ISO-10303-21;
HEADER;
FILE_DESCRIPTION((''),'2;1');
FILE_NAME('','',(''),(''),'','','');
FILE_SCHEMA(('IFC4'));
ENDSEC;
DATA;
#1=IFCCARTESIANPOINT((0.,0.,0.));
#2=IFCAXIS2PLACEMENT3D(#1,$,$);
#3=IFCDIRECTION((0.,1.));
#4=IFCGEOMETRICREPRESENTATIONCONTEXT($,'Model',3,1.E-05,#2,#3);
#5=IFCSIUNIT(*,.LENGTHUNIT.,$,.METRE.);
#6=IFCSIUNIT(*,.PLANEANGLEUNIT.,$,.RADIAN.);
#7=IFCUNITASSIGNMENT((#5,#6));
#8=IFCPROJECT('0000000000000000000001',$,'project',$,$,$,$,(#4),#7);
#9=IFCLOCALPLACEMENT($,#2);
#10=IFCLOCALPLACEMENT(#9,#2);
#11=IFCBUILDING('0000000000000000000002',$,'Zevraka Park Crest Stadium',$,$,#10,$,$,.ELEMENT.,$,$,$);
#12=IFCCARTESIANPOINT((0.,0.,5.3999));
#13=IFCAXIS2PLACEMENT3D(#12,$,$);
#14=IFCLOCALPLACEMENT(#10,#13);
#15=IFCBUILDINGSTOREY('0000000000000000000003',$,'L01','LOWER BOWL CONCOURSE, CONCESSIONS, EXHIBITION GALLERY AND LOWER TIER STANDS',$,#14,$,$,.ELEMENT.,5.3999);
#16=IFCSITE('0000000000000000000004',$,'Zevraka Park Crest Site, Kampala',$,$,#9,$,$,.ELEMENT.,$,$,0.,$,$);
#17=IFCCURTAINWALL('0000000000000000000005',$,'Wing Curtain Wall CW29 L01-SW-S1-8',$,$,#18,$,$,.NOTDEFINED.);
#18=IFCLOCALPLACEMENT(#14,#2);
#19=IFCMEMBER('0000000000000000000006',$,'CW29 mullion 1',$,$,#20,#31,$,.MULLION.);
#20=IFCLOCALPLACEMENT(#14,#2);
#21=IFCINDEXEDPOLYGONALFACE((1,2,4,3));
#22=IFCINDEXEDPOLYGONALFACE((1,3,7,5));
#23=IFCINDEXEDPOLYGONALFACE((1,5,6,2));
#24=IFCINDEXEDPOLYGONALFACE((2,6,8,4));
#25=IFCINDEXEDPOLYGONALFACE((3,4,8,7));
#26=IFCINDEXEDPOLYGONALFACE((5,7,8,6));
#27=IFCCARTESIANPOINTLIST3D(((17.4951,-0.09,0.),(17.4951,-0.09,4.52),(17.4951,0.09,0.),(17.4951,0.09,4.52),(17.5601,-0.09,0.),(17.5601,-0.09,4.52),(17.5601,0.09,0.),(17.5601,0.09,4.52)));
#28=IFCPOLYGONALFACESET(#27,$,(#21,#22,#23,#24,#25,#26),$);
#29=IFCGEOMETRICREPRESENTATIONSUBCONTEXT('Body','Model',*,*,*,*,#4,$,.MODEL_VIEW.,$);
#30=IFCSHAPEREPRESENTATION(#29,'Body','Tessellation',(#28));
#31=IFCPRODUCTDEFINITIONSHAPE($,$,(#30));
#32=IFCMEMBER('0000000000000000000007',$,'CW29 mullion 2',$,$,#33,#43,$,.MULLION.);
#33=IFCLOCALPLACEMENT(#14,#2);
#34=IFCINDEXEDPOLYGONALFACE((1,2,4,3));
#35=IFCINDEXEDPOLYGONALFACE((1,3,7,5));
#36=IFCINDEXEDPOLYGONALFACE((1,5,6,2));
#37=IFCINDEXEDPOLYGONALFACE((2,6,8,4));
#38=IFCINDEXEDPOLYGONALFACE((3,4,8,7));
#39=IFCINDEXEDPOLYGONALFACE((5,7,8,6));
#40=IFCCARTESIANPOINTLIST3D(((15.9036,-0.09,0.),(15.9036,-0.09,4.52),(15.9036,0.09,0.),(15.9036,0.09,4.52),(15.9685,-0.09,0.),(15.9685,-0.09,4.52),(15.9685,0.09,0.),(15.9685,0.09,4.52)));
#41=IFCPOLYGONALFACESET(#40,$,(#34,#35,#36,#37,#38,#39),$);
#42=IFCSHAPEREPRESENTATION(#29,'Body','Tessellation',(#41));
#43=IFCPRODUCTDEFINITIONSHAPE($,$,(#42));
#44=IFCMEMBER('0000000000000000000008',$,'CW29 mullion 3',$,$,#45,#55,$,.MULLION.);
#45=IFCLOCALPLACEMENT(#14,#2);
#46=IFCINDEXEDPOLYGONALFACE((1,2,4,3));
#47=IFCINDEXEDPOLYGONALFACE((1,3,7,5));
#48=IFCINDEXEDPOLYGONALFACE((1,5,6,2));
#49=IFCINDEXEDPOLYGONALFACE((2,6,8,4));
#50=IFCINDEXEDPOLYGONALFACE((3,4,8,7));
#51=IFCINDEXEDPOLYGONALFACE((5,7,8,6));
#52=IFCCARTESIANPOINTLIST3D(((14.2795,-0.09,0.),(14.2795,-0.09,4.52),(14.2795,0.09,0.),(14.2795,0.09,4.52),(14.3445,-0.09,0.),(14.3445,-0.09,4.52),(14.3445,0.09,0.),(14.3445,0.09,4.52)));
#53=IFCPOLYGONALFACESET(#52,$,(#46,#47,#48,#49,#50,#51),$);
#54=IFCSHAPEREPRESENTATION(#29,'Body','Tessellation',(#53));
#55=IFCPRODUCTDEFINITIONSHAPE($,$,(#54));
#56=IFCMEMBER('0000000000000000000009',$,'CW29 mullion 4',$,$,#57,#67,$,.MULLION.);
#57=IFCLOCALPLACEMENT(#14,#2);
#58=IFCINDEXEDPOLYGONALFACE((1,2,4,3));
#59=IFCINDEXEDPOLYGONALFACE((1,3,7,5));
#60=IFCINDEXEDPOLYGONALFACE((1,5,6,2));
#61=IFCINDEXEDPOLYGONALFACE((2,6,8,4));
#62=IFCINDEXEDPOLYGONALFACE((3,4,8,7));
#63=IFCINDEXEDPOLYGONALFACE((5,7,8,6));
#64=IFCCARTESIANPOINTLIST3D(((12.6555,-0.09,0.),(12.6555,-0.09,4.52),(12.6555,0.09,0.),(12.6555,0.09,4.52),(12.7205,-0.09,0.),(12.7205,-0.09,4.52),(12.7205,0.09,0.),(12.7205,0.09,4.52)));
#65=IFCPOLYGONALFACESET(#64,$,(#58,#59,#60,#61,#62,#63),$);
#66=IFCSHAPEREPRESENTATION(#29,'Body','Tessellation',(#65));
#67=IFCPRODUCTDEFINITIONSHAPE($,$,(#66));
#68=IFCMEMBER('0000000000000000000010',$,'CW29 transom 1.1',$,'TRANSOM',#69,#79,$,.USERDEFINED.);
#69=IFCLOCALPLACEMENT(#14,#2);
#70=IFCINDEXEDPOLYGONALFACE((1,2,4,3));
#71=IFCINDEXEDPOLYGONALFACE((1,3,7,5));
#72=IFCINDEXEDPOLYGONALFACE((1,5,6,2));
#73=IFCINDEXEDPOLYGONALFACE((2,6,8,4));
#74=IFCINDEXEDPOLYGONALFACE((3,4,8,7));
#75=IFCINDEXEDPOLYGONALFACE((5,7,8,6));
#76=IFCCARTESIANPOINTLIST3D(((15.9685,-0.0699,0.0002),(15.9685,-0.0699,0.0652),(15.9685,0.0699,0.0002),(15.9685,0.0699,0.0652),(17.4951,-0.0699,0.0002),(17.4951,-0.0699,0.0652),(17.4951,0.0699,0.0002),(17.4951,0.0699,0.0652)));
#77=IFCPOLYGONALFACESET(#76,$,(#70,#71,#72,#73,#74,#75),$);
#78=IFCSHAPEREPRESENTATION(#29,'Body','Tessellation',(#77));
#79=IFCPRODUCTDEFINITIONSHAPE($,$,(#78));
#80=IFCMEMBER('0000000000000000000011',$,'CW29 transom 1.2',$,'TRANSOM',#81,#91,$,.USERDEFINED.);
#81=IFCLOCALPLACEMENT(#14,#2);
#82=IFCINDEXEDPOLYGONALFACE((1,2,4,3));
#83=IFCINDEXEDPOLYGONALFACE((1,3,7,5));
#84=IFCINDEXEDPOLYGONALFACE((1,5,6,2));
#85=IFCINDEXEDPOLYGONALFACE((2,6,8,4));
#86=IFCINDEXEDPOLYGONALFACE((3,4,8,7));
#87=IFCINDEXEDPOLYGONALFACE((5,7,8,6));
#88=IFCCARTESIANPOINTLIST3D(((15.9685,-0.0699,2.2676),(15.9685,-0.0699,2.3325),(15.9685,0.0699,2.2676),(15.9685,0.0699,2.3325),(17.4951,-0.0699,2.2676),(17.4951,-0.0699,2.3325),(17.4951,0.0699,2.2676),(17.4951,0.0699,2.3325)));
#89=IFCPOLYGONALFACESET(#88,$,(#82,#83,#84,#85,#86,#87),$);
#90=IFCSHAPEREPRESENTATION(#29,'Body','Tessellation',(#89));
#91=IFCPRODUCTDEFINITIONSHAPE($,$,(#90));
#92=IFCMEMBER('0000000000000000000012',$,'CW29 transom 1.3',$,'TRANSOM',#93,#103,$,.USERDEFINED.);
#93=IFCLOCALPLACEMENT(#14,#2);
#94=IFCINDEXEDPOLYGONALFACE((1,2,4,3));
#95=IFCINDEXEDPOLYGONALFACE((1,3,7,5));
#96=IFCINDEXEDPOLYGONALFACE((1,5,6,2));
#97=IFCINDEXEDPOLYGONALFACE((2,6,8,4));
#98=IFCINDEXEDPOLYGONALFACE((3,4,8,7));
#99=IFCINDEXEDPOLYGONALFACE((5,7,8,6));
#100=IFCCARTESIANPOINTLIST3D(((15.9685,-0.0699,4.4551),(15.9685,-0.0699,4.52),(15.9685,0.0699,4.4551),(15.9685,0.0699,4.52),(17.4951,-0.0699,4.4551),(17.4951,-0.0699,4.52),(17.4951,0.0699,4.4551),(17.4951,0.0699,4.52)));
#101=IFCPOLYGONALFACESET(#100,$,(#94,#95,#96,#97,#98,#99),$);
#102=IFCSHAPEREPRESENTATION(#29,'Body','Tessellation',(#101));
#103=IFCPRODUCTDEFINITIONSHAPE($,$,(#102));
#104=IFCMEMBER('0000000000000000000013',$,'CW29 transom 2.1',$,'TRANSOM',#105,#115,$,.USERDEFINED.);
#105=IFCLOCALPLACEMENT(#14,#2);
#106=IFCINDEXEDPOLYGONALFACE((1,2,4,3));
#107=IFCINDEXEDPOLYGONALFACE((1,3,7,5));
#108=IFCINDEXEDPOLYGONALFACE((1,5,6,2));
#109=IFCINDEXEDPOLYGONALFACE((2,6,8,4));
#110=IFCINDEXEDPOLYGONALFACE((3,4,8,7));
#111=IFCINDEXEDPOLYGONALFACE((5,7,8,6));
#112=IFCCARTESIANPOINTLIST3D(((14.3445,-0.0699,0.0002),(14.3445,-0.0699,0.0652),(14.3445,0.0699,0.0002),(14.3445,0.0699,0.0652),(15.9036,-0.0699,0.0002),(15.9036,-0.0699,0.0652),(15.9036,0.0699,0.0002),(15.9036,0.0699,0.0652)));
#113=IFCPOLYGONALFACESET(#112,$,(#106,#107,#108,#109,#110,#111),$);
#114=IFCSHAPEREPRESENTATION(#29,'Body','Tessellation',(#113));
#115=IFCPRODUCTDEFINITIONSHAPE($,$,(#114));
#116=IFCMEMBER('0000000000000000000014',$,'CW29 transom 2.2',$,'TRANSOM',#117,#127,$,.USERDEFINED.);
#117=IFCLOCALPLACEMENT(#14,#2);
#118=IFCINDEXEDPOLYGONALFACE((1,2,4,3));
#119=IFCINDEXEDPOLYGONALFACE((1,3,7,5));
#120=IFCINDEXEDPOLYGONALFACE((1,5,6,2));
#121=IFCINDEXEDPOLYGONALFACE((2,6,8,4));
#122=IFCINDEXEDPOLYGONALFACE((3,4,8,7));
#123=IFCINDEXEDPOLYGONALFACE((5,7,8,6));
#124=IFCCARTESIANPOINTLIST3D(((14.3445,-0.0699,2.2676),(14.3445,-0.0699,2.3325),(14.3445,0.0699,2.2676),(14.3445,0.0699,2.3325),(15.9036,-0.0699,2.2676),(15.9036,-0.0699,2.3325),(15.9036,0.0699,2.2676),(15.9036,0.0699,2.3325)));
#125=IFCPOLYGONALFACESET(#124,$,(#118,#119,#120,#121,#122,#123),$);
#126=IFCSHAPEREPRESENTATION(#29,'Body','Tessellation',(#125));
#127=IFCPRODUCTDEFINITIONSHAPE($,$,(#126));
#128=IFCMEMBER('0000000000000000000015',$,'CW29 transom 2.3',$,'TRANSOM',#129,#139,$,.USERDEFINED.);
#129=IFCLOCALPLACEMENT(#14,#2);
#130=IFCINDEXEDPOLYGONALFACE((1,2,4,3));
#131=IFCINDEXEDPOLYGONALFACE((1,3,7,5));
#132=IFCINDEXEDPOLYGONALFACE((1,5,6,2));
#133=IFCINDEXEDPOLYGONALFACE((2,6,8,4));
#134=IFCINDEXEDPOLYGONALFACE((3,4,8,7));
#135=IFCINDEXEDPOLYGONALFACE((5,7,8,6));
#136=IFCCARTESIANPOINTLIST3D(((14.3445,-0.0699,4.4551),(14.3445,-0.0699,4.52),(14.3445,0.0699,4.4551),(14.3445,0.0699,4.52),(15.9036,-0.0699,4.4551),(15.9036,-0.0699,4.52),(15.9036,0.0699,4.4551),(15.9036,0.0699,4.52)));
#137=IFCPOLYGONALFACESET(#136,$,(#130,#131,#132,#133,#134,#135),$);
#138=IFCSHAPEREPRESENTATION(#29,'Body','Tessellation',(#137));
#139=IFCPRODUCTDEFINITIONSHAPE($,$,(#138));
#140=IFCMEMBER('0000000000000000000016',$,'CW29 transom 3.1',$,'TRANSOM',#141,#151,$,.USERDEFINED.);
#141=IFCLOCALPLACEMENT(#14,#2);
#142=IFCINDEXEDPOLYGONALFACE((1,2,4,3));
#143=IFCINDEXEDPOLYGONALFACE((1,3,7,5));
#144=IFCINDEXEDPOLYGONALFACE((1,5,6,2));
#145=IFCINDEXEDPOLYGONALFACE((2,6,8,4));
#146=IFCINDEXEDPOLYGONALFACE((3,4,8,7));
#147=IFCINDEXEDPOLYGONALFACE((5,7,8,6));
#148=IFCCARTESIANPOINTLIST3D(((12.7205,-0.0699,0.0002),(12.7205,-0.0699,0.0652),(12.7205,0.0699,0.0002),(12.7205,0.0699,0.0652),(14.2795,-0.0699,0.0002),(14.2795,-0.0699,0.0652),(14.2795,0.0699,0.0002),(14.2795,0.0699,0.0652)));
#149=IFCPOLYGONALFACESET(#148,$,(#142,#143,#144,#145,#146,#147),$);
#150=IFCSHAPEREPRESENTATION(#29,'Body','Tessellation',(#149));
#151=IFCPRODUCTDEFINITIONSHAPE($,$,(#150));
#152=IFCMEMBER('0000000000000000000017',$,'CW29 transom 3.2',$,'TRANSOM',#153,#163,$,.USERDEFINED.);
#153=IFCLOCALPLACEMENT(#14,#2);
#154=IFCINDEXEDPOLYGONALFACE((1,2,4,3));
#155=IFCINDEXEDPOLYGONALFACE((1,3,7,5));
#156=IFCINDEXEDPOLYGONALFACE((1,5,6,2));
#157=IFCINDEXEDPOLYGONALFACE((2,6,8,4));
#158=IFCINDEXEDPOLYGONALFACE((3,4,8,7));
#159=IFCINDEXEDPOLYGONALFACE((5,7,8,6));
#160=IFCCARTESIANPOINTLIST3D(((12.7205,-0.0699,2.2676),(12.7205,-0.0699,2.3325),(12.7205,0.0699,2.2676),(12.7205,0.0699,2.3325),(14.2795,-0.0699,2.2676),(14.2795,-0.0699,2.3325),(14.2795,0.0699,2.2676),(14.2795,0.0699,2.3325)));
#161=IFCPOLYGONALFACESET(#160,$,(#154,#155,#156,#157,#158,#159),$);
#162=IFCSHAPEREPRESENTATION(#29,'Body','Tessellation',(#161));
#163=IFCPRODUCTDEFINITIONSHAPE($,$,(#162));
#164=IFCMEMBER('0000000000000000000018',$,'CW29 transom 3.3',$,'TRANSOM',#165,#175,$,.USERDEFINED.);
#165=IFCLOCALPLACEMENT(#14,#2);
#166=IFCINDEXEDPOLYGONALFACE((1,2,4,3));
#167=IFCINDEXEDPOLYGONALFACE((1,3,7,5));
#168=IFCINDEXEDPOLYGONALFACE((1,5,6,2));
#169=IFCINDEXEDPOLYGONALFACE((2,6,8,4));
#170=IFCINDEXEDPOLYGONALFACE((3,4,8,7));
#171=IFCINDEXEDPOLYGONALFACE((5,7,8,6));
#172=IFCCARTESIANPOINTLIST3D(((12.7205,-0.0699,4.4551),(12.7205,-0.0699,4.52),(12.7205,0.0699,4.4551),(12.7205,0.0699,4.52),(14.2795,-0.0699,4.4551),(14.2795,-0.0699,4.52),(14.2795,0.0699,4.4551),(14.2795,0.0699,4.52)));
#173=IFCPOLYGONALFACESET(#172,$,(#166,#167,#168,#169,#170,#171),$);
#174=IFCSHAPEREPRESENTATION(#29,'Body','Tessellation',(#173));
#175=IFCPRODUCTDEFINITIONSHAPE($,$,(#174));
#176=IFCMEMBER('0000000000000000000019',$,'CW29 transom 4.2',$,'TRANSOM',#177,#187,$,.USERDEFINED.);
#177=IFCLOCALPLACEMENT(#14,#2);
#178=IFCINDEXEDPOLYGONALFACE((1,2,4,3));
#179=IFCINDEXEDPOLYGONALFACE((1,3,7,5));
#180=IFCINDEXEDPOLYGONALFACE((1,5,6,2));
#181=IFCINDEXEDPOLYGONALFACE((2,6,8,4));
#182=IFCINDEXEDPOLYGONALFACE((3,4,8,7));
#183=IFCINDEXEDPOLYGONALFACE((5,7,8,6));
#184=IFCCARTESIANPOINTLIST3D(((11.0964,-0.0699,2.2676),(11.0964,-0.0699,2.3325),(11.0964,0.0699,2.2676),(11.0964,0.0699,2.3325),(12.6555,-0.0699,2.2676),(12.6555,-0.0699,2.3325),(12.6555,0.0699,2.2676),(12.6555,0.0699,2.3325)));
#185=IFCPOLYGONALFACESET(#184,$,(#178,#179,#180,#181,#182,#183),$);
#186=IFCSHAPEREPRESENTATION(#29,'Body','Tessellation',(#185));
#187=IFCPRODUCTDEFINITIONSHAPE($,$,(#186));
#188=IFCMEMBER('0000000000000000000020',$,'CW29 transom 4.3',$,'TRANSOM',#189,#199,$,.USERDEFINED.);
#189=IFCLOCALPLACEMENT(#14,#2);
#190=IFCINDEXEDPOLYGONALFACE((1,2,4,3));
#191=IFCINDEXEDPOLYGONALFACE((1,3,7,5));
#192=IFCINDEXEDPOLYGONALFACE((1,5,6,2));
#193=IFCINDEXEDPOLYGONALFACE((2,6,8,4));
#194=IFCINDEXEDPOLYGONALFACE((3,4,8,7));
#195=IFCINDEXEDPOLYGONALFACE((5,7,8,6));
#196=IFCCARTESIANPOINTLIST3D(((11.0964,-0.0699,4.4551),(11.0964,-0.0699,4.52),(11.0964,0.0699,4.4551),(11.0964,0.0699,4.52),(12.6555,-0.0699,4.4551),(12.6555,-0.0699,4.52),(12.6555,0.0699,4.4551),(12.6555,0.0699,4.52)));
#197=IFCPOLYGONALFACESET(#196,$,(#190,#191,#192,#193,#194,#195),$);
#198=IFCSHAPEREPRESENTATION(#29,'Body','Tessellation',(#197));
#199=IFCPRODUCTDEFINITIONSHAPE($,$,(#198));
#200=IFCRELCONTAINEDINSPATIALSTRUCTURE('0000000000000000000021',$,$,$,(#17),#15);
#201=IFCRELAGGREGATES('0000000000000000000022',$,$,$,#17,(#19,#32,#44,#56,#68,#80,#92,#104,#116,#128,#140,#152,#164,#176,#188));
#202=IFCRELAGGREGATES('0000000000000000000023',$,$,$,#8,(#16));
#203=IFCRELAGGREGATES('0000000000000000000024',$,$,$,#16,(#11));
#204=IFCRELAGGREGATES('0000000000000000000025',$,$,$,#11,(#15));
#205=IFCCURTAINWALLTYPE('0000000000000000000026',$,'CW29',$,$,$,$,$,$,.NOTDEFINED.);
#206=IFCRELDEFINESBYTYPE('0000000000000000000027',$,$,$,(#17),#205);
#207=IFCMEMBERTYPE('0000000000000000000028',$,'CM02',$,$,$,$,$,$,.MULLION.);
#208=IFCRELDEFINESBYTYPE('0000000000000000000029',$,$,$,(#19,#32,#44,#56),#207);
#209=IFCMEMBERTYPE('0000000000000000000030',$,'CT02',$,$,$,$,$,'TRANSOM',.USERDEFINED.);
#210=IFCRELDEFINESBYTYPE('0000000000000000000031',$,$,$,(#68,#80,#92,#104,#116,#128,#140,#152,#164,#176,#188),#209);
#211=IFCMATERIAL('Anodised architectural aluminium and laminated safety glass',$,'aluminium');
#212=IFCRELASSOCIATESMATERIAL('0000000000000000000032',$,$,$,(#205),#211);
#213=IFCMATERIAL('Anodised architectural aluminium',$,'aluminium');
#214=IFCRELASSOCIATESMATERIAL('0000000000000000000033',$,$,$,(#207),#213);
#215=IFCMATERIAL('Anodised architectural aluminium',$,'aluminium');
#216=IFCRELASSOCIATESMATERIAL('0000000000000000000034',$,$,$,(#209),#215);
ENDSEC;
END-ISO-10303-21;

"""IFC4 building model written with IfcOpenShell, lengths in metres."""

from ifc_helpers import new_model, si_unit, direction, frame, origin, origin_2d, place, context, subcontext, project, spatial, rectangle, extrude, material, material_profile, profile_set, type_object, element, aggregate, save


model = new_model("IFC4")

# Units and contexts
model_context = context("Model", 3, precision=1e-05, world=origin(), true_north=direction((0.0, 1.0)))
body_context = subcontext(model_context, "Body", "Model", "MODEL_VIEW")
ifc_project = project(units=[si_unit("LENGTHUNIT", "METRE"), si_unit("PLANEANGLEUNIT", "RADIAN")], contexts=[model_context])

# Site, building, storey
site_placement = place(None, origin())
site = spatial("IfcSite", under=ifc_project, at=site_placement, Name="Zevraka Park Crest Site, Kampala", CompositionType="ELEMENT", RefElevation=0.0)
building_placement = place(site_placement, origin())
building = spatial("IfcBuilding", under=site, at=building_placement, Name="Zevraka Park Crest Stadium", CompositionType="ELEMENT")
storey_placement = place(building_placement, frame((0.0, 0.0, 5.3999)))
storey = spatial("IfcBuildingStorey", under=building, at=storey_placement, Name="L01", Description="LOWER BOWL CONCOURSE, CONCESSIONS, EXHIBITION GALLERY AND LOWER TIER STANDS", CompositionType="ELEMENT", Elevation=5.3999)

# Curtain wall, members
ifc_material_1 = material(Name="Anodised architectural aluminium and laminated safety glass", Category="aluminium")
curtain_wall_type = type_object("IfcCurtainWallType", Name="CW29", PredefinedType="NOTDEFINED", material=ifc_material_1)
curtain_wall_placement = place(storey_placement, origin())
curtain_wall = element("IfcCurtainWall", 1, at=curtain_wall_placement, inside=storey, type_object=curtain_wall_type, Name="Wing Curtain Wall CW29 L01-SW-S1-8", PredefinedType="NOTDEFINED")
ifc_material_2 = material(Name="Anodised architectural aluminium", Category="aluminium")
ifc_material_profile_1 = material_profile(ifc_material_2, rectangle(XDim=0.1799, YDim=0.0649, at=origin_2d()), Name="ALU MULLION 180x65")
ifc_profile_set_1 = profile_set([ifc_material_profile_1], Name="Anodised architectural aluminium")
member_type_1 = type_object("IfcMemberType", Name="CM02", PredefinedType="MULLION", material=ifc_profile_set_1)
member_1_placement = place(storey_placement, frame((17.5276, 0.0, 0.0), z_axis=(0.0, 0.0, 1.0), x_axis=(0.0, -1.0, 0.0)))
member_1 = element("IfcMember", 2, at=member_1_placement, type_object=member_type_1, Name="CW29 mullion 1", PredefinedType="MULLION", context=body_context, shape_type="SweptSolid", body=[
    extrude(rectangle(XDim=0.1799, YDim=0.0649, at=origin_2d()), origin(), (0.0, 0.0, 1.0), 4.52),
])
member_2_placement = place(storey_placement, frame((15.936, 0.0, 0.0), z_axis=(0.0, 0.0, 1.0), x_axis=(0.0, -1.0, 0.0)))
member_2 = element("IfcMember", 3, at=member_2_placement, type_object=member_type_1, Name="CW29 mullion 2", PredefinedType="MULLION", context=body_context, shape_type="SweptSolid", body=[
    extrude(rectangle(XDim=0.1799, YDim=0.0649, at=origin_2d()), origin(), (0.0, 0.0, 1.0), 4.52),
])
member_3_placement = place(storey_placement, frame((14.312, 0.0, 0.0), z_axis=(0.0, 0.0, 1.0), x_axis=(0.0, -1.0, 0.0)))
member_3 = element("IfcMember", 4, at=member_3_placement, type_object=member_type_1, Name="CW29 mullion 3", PredefinedType="MULLION", context=body_context, shape_type="SweptSolid", body=[
    extrude(rectangle(XDim=0.1799, YDim=0.0649, at=origin_2d()), origin(), (0.0, 0.0, 1.0), 4.52),
])
member_4_placement = place(storey_placement, frame((12.688, 0.0, 0.0), z_axis=(0.0, 0.0, 1.0), x_axis=(0.0, -1.0, 0.0)))
member_4 = element("IfcMember", 5, at=member_4_placement, type_object=member_type_1, Name="CW29 mullion 4", PredefinedType="MULLION", context=body_context, shape_type="SweptSolid", body=[
    extrude(rectangle(XDim=0.1799, YDim=0.0649, at=origin_2d()), origin(), (0.0, 0.0, 1.0), 4.52),
])
ifc_material_3 = material(Name="Anodised architectural aluminium", Category="aluminium")
ifc_material_profile_2 = material_profile(ifc_material_3, rectangle(XDim=0.1399, YDim=0.0649, at=origin_2d()), Name="ALU TRANSOM 140x65")
ifc_profile_set_2 = profile_set([ifc_material_profile_2], Name="Anodised architectural aluminium")
member_type_2 = type_object("IfcMemberType", Name="CT02", ElementType="TRANSOM", PredefinedType="USERDEFINED", material=ifc_profile_set_2)
member_5_placement = place(storey_placement, frame((17.4951, 0.0, 0.0327), z_axis=(-1.0, 0.0, 0.0), x_axis=(0.0, -1.0, 0.0)))
member_5 = element("IfcMember", 6, at=member_5_placement, type_object=member_type_2, Name="CW29 transom 1.1", ObjectType="TRANSOM", PredefinedType="USERDEFINED", context=body_context, shape_type="SweptSolid", body=[
    extrude(rectangle(XDim=0.1399, YDim=0.0649, at=origin_2d()), origin(), (0.0, 0.0, 1.0), 1.5266),
])
member_6_placement = place(storey_placement, frame((17.4951, 0.0, 2.3), z_axis=(-1.0, 0.0, 0.0), x_axis=(0.0, -1.0, 0.0)))
member_6 = element("IfcMember", 7, at=member_6_placement, type_object=member_type_2, Name="CW29 transom 1.2", ObjectType="TRANSOM", PredefinedType="USERDEFINED", context=body_context, shape_type="SweptSolid", body=[
    extrude(rectangle(XDim=0.1399, YDim=0.0649, at=origin_2d()), origin(), (0.0, 0.0, 1.0), 1.5266),
])
member_7_placement = place(storey_placement, frame((17.4951, 0.0, 4.4875), z_axis=(-1.0, 0.0, 0.0), x_axis=(0.0, -1.0, 0.0)))
member_7 = element("IfcMember", 8, at=member_7_placement, type_object=member_type_2, Name="CW29 transom 1.3", ObjectType="TRANSOM", PredefinedType="USERDEFINED", context=body_context, shape_type="SweptSolid", body=[
    extrude(rectangle(XDim=0.1399, YDim=0.0649, at=origin_2d()), origin(), (0.0, 0.0, 1.0), 1.5266),
])
member_8_placement = place(storey_placement, frame((15.9036, 0.0, 0.0327), z_axis=(-1.0, 0.0, 0.0), x_axis=(0.0, -1.0, 0.0)))
member_8 = element("IfcMember", 9, at=member_8_placement, type_object=member_type_2, Name="CW29 transom 2.1", ObjectType="TRANSOM", PredefinedType="USERDEFINED", context=body_context, shape_type="SweptSolid", body=[
    extrude(rectangle(XDim=0.1399, YDim=0.0649, at=origin_2d()), origin(), (0.0, 0.0, 1.0), 1.5591),
])
member_9_placement = place(storey_placement, frame((15.9036, 0.0, 2.3), z_axis=(-1.0, 0.0, 0.0), x_axis=(0.0, -1.0, 0.0)))
member_9 = element("IfcMember", 10, at=member_9_placement, type_object=member_type_2, Name="CW29 transom 2.2", ObjectType="TRANSOM", PredefinedType="USERDEFINED", context=body_context, shape_type="SweptSolid", body=[
    extrude(rectangle(XDim=0.1399, YDim=0.0649, at=origin_2d()), origin(), (0.0, 0.0, 1.0), 1.5591),
])
member_10_placement = place(storey_placement, frame((15.9036, 0.0, 4.4875), z_axis=(-1.0, 0.0, 0.0), x_axis=(0.0, -1.0, 0.0)))
member_10 = element("IfcMember", 11, at=member_10_placement, type_object=member_type_2, Name="CW29 transom 2.3", ObjectType="TRANSOM", PredefinedType="USERDEFINED", context=body_context, shape_type="SweptSolid", body=[
    extrude(rectangle(XDim=0.1399, YDim=0.0649, at=origin_2d()), origin(), (0.0, 0.0, 1.0), 1.5591),
])
member_11_placement = place(storey_placement, frame((14.2795, 0.0, 0.0327), z_axis=(-1.0, 0.0, 0.0), x_axis=(0.0, -1.0, 0.0)))
member_11 = element("IfcMember", 12, at=member_11_placement, type_object=member_type_2, Name="CW29 transom 3.1", ObjectType="TRANSOM", PredefinedType="USERDEFINED", context=body_context, shape_type="SweptSolid", body=[
    extrude(rectangle(XDim=0.1399, YDim=0.0649, at=origin_2d()), origin(), (0.0, 0.0, 1.0), 1.5591),
])
member_12_placement = place(storey_placement, frame((14.2795, 0.0, 2.3), z_axis=(-1.0, 0.0, 0.0), x_axis=(0.0, -1.0, 0.0)))
member_12 = element("IfcMember", 13, at=member_12_placement, type_object=member_type_2, Name="CW29 transom 3.2", ObjectType="TRANSOM", PredefinedType="USERDEFINED", context=body_context, shape_type="SweptSolid", body=[
    extrude(rectangle(XDim=0.1399, YDim=0.0649, at=origin_2d()), origin(), (0.0, 0.0, 1.0), 1.5591),
])
member_13_placement = place(storey_placement, frame((14.2795, 0.0, 4.4875), z_axis=(-1.0, 0.0, 0.0), x_axis=(0.0, -1.0, 0.0)))
member_13 = element("IfcMember", 14, at=member_13_placement, type_object=member_type_2, Name="CW29 transom 3.3", ObjectType="TRANSOM", PredefinedType="USERDEFINED", context=body_context, shape_type="SweptSolid", body=[
    extrude(rectangle(XDim=0.1399, YDim=0.0649, at=origin_2d()), origin(), (0.0, 0.0, 1.0), 1.5591),
])
member_14_placement = place(storey_placement, frame((12.6555, 0.0, 2.3), z_axis=(-1.0, 0.0, 0.0), x_axis=(0.0, -1.0, 0.0)))
member_14 = element("IfcMember", 15, at=member_14_placement, type_object=member_type_2, Name="CW29 transom 4.2", ObjectType="TRANSOM", PredefinedType="USERDEFINED", context=body_context, shape_type="SweptSolid", body=[
    extrude(rectangle(XDim=0.1399, YDim=0.0649, at=origin_2d()), origin(), (0.0, 0.0, 1.0), 1.5591),
])
member_15_placement = place(storey_placement, frame((12.6555, 0.0, 4.4875), z_axis=(-1.0, 0.0, 0.0), x_axis=(0.0, -1.0, 0.0)))
member_15 = element("IfcMember", 16, at=member_15_placement, type_object=member_type_2, Name="CW29 transom 4.3", ObjectType="TRANSOM", PredefinedType="USERDEFINED", context=body_context, shape_type="SweptSolid", body=[
    extrude(rectangle(XDim=0.1399, YDim=0.0649, at=origin_2d()), origin(), (0.0, 0.0, 1.0), 1.5591),
])
aggregate(curtain_wall, [member_1, member_2, member_3, member_4, member_5, member_6, member_7, member_8, member_9, member_10, member_11, member_12, member_13, member_14, member_15])

save(model, "model.ifc")
